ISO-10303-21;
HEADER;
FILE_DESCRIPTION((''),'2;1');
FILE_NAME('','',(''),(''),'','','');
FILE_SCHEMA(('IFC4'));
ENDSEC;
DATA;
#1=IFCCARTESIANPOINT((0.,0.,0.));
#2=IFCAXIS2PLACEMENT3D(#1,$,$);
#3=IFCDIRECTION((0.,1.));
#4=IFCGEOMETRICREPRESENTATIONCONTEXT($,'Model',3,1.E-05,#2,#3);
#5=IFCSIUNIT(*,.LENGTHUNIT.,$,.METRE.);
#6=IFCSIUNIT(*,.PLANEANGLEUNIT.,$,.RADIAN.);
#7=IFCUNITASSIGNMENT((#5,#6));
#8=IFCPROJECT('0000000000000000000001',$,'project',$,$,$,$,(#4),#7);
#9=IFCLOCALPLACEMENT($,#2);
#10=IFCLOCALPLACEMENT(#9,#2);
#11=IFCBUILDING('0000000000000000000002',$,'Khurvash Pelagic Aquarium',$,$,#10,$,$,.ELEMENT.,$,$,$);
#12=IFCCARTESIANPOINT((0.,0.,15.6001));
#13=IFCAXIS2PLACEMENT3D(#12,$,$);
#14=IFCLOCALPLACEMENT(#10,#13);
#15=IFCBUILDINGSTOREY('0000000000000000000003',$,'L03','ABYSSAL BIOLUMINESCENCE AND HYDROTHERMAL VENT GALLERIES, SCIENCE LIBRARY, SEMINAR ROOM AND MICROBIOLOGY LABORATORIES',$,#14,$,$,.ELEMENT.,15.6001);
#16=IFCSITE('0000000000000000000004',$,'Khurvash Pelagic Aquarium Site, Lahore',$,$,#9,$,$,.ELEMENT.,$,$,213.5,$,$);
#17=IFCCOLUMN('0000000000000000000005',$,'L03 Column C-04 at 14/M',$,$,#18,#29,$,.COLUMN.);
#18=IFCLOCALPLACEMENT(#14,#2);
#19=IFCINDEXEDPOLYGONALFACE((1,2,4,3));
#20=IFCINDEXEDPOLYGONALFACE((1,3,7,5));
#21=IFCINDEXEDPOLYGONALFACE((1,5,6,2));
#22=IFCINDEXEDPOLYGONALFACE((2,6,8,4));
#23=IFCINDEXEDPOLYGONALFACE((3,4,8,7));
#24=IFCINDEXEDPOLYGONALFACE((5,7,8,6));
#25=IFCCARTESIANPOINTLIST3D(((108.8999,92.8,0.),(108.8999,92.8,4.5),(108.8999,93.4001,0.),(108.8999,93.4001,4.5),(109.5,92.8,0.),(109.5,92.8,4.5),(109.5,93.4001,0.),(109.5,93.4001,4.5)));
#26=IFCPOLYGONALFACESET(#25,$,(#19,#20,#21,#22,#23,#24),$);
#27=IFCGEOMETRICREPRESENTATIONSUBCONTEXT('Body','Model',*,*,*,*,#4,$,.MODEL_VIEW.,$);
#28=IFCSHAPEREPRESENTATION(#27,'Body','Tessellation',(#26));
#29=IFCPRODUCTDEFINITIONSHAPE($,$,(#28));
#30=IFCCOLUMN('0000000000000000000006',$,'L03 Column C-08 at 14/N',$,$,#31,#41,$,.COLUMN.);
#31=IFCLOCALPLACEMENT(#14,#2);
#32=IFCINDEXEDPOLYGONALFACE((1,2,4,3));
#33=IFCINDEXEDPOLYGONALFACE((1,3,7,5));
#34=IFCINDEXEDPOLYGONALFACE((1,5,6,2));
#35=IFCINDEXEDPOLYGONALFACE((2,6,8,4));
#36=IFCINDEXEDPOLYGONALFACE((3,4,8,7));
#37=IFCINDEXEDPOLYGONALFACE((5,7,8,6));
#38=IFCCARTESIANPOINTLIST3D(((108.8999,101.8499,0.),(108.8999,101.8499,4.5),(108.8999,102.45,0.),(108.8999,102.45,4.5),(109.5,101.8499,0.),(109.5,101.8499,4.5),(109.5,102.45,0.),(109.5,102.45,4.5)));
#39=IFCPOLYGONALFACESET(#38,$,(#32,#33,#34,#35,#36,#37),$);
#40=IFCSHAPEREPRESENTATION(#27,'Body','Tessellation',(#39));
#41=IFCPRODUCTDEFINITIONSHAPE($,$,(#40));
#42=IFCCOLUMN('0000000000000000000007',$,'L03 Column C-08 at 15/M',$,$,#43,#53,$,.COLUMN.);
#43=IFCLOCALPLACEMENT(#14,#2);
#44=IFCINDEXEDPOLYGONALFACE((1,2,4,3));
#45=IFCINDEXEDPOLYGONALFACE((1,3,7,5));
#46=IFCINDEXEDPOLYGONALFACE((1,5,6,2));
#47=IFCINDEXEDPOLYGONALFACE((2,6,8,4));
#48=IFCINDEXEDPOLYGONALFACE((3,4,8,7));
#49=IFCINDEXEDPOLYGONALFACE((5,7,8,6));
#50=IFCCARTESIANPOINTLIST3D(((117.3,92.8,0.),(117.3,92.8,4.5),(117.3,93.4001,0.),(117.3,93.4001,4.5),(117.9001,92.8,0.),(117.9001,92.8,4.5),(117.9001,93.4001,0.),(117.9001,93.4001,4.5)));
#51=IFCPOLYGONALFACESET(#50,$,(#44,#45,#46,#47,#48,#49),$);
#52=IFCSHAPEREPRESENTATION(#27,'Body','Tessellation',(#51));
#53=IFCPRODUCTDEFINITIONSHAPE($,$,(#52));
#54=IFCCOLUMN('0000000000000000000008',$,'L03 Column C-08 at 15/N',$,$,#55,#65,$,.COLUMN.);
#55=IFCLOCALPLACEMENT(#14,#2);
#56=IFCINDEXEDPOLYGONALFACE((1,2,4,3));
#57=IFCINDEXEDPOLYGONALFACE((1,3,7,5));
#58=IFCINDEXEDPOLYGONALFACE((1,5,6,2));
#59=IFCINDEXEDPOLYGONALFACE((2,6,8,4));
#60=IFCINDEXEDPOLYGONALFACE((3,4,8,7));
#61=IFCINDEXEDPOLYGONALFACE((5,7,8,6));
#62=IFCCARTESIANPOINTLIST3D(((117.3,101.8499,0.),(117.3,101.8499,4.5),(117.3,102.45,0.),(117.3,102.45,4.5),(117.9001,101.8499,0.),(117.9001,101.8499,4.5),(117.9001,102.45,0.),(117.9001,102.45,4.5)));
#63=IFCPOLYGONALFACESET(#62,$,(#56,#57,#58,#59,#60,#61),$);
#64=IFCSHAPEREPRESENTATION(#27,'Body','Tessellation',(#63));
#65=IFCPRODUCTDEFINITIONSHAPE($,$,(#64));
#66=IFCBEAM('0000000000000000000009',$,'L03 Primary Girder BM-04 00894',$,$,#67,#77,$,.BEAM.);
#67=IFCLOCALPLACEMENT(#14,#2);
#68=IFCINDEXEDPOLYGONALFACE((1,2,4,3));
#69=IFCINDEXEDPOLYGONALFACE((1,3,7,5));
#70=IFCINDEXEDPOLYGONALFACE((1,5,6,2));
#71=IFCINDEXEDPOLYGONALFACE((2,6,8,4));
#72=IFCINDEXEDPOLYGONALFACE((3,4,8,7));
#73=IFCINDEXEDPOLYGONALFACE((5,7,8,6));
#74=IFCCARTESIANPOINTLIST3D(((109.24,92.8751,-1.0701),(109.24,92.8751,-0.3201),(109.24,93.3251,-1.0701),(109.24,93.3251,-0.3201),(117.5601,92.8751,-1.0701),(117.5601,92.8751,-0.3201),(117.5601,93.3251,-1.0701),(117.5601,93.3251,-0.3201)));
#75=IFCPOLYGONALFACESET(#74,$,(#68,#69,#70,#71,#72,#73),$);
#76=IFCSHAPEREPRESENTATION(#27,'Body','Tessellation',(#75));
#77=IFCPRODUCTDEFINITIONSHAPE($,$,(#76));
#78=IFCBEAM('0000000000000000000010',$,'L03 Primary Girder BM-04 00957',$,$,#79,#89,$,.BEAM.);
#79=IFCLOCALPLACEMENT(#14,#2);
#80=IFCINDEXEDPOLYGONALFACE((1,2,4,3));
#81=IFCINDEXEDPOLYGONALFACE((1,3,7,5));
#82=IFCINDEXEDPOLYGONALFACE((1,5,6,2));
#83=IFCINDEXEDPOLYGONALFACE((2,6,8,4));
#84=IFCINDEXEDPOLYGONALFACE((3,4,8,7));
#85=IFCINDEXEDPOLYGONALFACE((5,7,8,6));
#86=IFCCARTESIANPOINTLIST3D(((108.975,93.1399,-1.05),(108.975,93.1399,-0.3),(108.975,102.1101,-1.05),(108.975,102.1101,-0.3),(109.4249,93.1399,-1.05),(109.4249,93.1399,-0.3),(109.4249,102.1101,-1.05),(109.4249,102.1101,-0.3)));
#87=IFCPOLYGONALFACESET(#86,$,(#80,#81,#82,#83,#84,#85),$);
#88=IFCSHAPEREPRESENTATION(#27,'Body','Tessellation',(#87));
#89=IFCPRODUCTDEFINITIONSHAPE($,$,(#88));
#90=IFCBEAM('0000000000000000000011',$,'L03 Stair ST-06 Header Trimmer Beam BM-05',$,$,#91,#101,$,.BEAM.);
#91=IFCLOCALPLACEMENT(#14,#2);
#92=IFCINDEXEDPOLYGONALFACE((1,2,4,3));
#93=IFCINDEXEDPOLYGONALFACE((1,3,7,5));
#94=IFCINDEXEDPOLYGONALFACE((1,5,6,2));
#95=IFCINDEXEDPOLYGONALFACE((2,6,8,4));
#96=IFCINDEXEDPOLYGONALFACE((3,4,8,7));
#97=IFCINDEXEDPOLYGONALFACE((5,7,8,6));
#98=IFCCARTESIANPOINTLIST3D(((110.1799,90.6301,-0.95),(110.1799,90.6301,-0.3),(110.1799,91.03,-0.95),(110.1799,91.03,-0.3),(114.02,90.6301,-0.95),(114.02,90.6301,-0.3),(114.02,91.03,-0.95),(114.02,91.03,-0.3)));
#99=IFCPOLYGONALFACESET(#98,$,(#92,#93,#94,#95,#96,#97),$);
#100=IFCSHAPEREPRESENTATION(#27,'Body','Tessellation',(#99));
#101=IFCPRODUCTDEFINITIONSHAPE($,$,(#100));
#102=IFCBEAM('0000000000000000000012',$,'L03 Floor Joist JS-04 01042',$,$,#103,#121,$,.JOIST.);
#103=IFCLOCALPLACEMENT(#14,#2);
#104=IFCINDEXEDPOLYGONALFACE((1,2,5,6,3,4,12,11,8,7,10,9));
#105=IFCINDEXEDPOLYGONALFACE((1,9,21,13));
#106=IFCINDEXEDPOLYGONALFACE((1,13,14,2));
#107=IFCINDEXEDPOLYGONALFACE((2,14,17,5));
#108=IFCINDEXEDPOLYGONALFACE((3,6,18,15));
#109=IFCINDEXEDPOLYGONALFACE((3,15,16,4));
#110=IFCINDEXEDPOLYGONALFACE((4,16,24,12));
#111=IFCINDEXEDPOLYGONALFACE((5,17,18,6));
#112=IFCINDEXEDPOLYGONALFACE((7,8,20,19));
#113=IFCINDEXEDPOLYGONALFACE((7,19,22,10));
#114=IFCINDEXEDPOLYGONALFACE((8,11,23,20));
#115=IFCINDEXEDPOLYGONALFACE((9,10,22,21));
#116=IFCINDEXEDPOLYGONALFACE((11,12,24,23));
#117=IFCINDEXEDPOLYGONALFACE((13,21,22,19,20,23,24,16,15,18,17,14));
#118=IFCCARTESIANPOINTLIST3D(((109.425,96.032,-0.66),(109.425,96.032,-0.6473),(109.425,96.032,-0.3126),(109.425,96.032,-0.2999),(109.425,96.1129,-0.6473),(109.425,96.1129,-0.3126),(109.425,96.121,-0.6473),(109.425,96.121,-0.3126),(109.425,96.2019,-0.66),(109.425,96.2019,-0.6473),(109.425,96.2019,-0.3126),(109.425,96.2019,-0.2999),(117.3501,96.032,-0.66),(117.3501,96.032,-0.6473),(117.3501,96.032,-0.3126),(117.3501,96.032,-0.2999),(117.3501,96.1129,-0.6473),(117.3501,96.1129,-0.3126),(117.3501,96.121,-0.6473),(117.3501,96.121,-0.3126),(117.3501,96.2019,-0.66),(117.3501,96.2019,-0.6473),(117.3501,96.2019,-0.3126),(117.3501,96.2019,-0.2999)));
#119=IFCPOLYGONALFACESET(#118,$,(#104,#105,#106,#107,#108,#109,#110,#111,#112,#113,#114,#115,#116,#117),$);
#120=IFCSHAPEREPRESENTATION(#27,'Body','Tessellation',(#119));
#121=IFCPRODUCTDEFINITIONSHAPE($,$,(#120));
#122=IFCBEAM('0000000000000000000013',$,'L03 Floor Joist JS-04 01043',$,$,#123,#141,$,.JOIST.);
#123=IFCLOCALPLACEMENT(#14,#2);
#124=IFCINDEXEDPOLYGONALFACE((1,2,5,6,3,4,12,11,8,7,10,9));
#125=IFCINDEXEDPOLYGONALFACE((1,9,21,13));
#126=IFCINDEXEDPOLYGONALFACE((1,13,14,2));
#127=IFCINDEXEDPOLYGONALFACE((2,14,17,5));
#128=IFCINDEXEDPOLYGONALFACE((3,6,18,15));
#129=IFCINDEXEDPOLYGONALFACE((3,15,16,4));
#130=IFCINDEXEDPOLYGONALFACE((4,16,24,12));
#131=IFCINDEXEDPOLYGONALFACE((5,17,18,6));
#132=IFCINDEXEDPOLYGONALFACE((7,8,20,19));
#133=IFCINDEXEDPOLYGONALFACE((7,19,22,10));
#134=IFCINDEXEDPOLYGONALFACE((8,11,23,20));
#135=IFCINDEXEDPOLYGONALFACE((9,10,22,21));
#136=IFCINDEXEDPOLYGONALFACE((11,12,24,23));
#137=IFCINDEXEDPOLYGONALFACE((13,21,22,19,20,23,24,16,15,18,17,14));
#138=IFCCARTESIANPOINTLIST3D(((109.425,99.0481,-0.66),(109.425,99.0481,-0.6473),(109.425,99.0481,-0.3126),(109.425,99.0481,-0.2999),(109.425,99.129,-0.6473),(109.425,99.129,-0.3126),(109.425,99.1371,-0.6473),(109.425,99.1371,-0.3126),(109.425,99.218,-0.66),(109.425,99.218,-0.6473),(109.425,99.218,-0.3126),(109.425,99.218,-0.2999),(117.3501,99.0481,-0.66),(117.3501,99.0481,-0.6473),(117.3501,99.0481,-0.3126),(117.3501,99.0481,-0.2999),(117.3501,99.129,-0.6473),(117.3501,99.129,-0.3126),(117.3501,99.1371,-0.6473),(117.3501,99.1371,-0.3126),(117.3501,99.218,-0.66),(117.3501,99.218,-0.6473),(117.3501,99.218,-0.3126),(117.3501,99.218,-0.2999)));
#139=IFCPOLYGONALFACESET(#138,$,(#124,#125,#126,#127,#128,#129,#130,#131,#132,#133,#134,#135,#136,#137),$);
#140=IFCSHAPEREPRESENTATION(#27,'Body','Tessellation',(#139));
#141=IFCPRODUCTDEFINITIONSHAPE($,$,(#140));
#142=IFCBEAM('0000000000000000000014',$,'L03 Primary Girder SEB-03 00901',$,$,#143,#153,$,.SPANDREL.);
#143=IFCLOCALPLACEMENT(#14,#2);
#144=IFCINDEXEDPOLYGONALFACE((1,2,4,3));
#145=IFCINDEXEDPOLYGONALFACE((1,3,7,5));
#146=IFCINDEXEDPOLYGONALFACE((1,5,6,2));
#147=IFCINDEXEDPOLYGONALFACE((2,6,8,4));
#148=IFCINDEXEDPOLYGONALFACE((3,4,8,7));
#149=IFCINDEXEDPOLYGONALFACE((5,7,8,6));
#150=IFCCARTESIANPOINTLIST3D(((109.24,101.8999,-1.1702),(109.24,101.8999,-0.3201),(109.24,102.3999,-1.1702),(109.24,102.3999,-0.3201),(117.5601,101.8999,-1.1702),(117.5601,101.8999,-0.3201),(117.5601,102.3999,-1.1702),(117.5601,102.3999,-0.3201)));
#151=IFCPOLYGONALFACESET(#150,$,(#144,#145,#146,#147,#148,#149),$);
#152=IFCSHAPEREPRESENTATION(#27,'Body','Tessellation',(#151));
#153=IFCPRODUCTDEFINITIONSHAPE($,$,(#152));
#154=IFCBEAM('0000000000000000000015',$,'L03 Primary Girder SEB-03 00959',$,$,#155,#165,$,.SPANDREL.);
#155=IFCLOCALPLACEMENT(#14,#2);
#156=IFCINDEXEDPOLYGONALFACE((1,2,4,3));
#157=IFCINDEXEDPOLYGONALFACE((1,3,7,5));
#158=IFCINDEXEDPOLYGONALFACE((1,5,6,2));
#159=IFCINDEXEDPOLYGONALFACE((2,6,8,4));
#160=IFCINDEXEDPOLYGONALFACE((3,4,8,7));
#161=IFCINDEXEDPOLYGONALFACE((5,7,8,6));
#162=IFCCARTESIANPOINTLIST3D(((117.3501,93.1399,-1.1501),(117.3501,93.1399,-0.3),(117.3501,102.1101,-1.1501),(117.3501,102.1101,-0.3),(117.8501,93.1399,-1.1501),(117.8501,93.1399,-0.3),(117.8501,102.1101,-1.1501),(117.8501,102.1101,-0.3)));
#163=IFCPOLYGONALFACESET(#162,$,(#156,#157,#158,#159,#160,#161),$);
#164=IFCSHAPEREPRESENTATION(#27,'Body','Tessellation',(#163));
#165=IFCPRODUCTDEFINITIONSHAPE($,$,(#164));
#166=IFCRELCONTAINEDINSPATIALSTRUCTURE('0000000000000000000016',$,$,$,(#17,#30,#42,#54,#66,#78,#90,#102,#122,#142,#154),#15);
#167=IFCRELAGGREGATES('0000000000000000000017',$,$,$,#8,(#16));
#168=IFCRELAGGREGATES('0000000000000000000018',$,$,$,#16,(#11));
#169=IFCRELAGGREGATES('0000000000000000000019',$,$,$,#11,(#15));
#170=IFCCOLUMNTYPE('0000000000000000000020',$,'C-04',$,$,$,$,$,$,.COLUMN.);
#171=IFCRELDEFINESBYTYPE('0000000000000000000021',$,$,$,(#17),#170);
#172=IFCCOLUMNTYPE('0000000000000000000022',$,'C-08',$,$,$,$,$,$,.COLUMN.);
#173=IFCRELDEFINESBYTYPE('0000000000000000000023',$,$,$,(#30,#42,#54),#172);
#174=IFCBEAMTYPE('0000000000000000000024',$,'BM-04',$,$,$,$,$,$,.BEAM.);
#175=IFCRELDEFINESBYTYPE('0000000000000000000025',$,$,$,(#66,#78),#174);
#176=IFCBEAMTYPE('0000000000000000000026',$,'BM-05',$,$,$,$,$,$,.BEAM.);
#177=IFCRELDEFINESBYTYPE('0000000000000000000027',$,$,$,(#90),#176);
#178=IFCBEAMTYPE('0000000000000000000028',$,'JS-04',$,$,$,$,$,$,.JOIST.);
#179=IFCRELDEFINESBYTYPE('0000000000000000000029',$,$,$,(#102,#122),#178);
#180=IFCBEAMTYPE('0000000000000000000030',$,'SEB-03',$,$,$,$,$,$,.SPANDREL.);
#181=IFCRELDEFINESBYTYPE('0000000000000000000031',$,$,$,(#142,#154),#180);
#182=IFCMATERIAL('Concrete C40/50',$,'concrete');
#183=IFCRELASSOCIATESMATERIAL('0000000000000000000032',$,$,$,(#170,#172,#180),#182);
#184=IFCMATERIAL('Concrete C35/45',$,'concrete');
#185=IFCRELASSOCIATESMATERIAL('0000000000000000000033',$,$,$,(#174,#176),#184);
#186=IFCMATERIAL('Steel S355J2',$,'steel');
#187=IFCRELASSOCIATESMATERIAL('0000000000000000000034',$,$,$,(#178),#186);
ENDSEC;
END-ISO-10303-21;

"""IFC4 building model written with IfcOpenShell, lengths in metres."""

from ifc_helpers import new_model, si_unit, direction, frame, origin, origin_2d, place, context, subcontext, project, spatial, rectangle, i_section, extrude, material, material_profile, profile_set, type_object, element, save


model = new_model("IFC4")

# Units and contexts
model_context = context("Model", 3, precision=1e-05, world=origin(), true_north=direction((0.0, 1.0)))
body_context = subcontext(model_context, "Body", "Model", "MODEL_VIEW")
ifc_project = project(units=[si_unit("LENGTHUNIT", "METRE"), si_unit("PLANEANGLEUNIT", "RADIAN")], contexts=[model_context])

# Site, building, storey
site_placement = place(None, origin())
site = spatial("IfcSite", under=ifc_project, at=site_placement, Name="Khurvash Pelagic Aquarium Site, Lahore", CompositionType="ELEMENT", RefElevation=213.5)
building_placement = place(site_placement, origin())
building = spatial("IfcBuilding", under=site, at=building_placement, Name="Khurvash Pelagic Aquarium", CompositionType="ELEMENT")
storey_placement = place(building_placement, frame((0.0, 0.0, 15.6001)))
storey = spatial("IfcBuildingStorey", under=building, at=storey_placement, Name="L03", Description="ABYSSAL BIOLUMINESCENCE AND HYDROTHERMAL VENT GALLERIES, SCIENCE LIBRARY, SEMINAR ROOM AND MICROBIOLOGY LABORATORIES", CompositionType="ELEMENT", Elevation=15.6001)

# Columns
ifc_material_1 = material(Name="Concrete C40/50", Category="concrete")
ifc_material_profile_1 = material_profile(ifc_material_1, rectangle(XDim=0.6001, YDim=0.6001, at=origin_2d()), Name="RC600X600")
ifc_profile_set_1 = profile_set([ifc_material_profile_1], Name="Concrete C40/50")
column_type_1 = type_object("IfcColumnType", Name="C-04", PredefinedType="COLUMN", material=ifc_profile_set_1)
column_placement = place(storey_placement, frame((109.2, 93.1001, 0.0), z_axis=(0.0, 0.0, 1.0), x_axis=(1.0, 0.0, 0.0)))
element("IfcColumn", 1, at=column_placement, inside=storey, type_object=column_type_1, Name="L03 Column C-04 at 14/M", PredefinedType="COLUMN", context=body_context, shape_type="SweptSolid", body=[
    extrude(rectangle(XDim=0.6001, YDim=0.6001, at=origin_2d()), origin(), (0.0, 0.0, 1.0), 4.5),
])
ifc_material_profile_2 = material_profile(ifc_material_1, rectangle(XDim=0.6001, YDim=0.6001, at=origin_2d()), Name="RC600X600")
ifc_profile_set_2 = profile_set([ifc_material_profile_2], Name="Concrete C40/50")
column_type_2 = type_object("IfcColumnType", Name="C-08", PredefinedType="COLUMN", material=ifc_profile_set_2)
for number, where, z_axis, x_axis, name in (
    (2, (109.2, 102.1499, 0.0), (0.0, 0.0, 1.0), (1.0, 0.0, 0.0), "L03 Column C-08 at 14/N"),
    (3, (117.6001, 93.1001, 0.0), (0.0, 0.0, 1.0), (1.0, 0.0, 0.0), "L03 Column C-08 at 15/M"),
    (4, (117.6001, 102.1499, 0.0), (0.0, 0.0, 1.0), (1.0, 0.0, 0.0), "L03 Column C-08 at 15/N"),
):
    element("IfcColumn", number, at=place(storey_placement, frame(where, z_axis=z_axis, x_axis=x_axis)), inside=storey, type_object=column_type_2, Name=name, PredefinedType="COLUMN", context=body_context, shape_type="SweptSolid", body=[
        extrude(rectangle(XDim=0.6001, YDim=0.6001, at=origin_2d()), origin(), (0.0, 0.0, 1.0), 4.5),
    ])

# Beams
ifc_material_2 = material(Name="Concrete C35/45", Category="concrete")
ifc_material_profile_3 = material_profile(ifc_material_2, rectangle(XDim=0.45, YDim=0.75, at=origin_2d()), Name="RC450X750")
ifc_profile_set_3 = profile_set([ifc_material_profile_3], Name="Concrete C35/45")
beam_type_1 = type_object("IfcBeamType", Name="BM-04", PredefinedType="BEAM", material=ifc_profile_set_3)
beam_1_placement = place(storey_placement, frame((109.24, 93.1001, -0.6951), z_axis=(1.0, 0.0, 0.0), x_axis=(0.0, 1.0, 0.0)))
element("IfcBeam", 5, at=beam_1_placement, inside=storey, type_object=beam_type_1, Name="L03 Primary Girder BM-04 00894", PredefinedType="BEAM", context=body_context, shape_type="SweptSolid", body=[
    extrude(rectangle(XDim=0.45, YDim=0.75, at=origin_2d()), origin(), (0.0, 0.0, 1.0), 8.3201),
])
beam_2_placement = place(storey_placement, frame((109.2, 93.1399, -0.675), z_axis=(0.0, 1.0, 0.0), x_axis=(-1.0, 0.0, 0.0)))
element("IfcBeam", 6, at=beam_2_placement, inside=storey, type_object=beam_type_1, Name="L03 Primary Girder BM-04 00957", PredefinedType="BEAM", context=body_context, shape_type="SweptSolid", body=[
    extrude(rectangle(XDim=0.45, YDim=0.75, at=origin_2d()), origin(), (0.0, 0.0, 1.0), 8.9702),
])
ifc_material_profile_4 = material_profile(ifc_material_2, rectangle(XDim=0.3999, YDim=0.6499, at=origin_2d()), Name="RC400X650")
ifc_profile_set_4 = profile_set([ifc_material_profile_4], Name="Concrete C35/45")
beam_type_2 = type_object("IfcBeamType", Name="BM-05", PredefinedType="BEAM", material=ifc_profile_set_4)
beam_3_placement = place(storey_placement, frame((110.1799, 90.8301, -0.625), z_axis=(1.0, 0.0, 0.0), x_axis=(0.0, 1.0, 0.0)))
element("IfcBeam", 7, at=beam_3_placement, inside=storey, type_object=beam_type_2, Name="L03 Stair ST-06 Header Trimmer Beam BM-05", PredefinedType="BEAM", context=body_context, shape_type="SweptSolid", body=[
    extrude(rectangle(XDim=0.3999, YDim=0.6499, at=origin_2d()), origin(), (0.0, 0.0, 1.0), 3.8401),
])
ifc_material_3 = material(Name="Steel S355J2", Category="steel")
ifc_material_profile_5 = material_profile(ifc_material_3, i_section(OverallWidth=0.1699, OverallDepth=0.3601, WebThickness=0.0081, FlangeThickness=0.0127, at=origin_2d()), Name="IPE360")
ifc_profile_set_5 = profile_set([ifc_material_profile_5], Name="Steel S355J2")
beam_type_3 = type_object("IfcBeamType", Name="JS-04", PredefinedType="JOIST", material=ifc_profile_set_5)
for number, where, z_axis, x_axis, name in (
    (8, (109.425, 96.1169, -0.48), (1.0, 0.0, 0.0), (0.0, 1.0, 0.0), "L03 Floor Joist JS-04 01042"),
    (9, (109.425, 99.1331, -0.48), (1.0, 0.0, 0.0), (0.0, 1.0, 0.0), "L03 Floor Joist JS-04 01043"),
):
    element("IfcBeam", number, at=place(storey_placement, frame(where, z_axis=z_axis, x_axis=x_axis)), inside=storey, type_object=beam_type_3, Name=name, PredefinedType="JOIST", context=body_context, shape_type="SweptSolid", body=[
        extrude(i_section(OverallWidth=0.1699, OverallDepth=0.3601, WebThickness=0.0081, FlangeThickness=0.0127, at=origin_2d()), origin(), (0.0, 0.0, 1.0), 7.925),
    ])
ifc_material_profile_6 = material_profile(ifc_material_1, rectangle(XDim=0.5, YDim=0.8501, at=origin_2d()), Name="RC500X850")
ifc_profile_set_6 = profile_set([ifc_material_profile_6], Name="Concrete C40/50")
beam_type_4 = type_object("IfcBeamType", Name="SEB-03", PredefinedType="SPANDREL", material=ifc_profile_set_6)
beam_4_placement = place(storey_placement, frame((109.24, 102.1499, -0.7451), z_axis=(1.0, 0.0, 0.0), x_axis=(0.0, 1.0, 0.0)))
element("IfcBeam", 10, at=beam_4_placement, inside=storey, type_object=beam_type_4, Name="L03 Primary Girder SEB-03 00901", PredefinedType="SPANDREL", context=body_context, shape_type="SweptSolid", body=[
    extrude(rectangle(XDim=0.5, YDim=0.8501, at=origin_2d()), origin(), (0.0, 0.0, 1.0), 8.3201),
])
beam_5_placement = place(storey_placement, frame((117.6001, 93.1399, -0.7251), z_axis=(0.0, 1.0, 0.0), x_axis=(-1.0, 0.0, 0.0)))
element("IfcBeam", 11, at=beam_5_placement, inside=storey, type_object=beam_type_4, Name="L03 Primary Girder SEB-03 00959", PredefinedType="SPANDREL", context=body_context, shape_type="SweptSolid", body=[
    extrude(rectangle(XDim=0.5, YDim=0.8501, at=origin_2d()), origin(), (0.0, 0.0, 1.0), 8.9702),
])

save(model, "model.ifc")
